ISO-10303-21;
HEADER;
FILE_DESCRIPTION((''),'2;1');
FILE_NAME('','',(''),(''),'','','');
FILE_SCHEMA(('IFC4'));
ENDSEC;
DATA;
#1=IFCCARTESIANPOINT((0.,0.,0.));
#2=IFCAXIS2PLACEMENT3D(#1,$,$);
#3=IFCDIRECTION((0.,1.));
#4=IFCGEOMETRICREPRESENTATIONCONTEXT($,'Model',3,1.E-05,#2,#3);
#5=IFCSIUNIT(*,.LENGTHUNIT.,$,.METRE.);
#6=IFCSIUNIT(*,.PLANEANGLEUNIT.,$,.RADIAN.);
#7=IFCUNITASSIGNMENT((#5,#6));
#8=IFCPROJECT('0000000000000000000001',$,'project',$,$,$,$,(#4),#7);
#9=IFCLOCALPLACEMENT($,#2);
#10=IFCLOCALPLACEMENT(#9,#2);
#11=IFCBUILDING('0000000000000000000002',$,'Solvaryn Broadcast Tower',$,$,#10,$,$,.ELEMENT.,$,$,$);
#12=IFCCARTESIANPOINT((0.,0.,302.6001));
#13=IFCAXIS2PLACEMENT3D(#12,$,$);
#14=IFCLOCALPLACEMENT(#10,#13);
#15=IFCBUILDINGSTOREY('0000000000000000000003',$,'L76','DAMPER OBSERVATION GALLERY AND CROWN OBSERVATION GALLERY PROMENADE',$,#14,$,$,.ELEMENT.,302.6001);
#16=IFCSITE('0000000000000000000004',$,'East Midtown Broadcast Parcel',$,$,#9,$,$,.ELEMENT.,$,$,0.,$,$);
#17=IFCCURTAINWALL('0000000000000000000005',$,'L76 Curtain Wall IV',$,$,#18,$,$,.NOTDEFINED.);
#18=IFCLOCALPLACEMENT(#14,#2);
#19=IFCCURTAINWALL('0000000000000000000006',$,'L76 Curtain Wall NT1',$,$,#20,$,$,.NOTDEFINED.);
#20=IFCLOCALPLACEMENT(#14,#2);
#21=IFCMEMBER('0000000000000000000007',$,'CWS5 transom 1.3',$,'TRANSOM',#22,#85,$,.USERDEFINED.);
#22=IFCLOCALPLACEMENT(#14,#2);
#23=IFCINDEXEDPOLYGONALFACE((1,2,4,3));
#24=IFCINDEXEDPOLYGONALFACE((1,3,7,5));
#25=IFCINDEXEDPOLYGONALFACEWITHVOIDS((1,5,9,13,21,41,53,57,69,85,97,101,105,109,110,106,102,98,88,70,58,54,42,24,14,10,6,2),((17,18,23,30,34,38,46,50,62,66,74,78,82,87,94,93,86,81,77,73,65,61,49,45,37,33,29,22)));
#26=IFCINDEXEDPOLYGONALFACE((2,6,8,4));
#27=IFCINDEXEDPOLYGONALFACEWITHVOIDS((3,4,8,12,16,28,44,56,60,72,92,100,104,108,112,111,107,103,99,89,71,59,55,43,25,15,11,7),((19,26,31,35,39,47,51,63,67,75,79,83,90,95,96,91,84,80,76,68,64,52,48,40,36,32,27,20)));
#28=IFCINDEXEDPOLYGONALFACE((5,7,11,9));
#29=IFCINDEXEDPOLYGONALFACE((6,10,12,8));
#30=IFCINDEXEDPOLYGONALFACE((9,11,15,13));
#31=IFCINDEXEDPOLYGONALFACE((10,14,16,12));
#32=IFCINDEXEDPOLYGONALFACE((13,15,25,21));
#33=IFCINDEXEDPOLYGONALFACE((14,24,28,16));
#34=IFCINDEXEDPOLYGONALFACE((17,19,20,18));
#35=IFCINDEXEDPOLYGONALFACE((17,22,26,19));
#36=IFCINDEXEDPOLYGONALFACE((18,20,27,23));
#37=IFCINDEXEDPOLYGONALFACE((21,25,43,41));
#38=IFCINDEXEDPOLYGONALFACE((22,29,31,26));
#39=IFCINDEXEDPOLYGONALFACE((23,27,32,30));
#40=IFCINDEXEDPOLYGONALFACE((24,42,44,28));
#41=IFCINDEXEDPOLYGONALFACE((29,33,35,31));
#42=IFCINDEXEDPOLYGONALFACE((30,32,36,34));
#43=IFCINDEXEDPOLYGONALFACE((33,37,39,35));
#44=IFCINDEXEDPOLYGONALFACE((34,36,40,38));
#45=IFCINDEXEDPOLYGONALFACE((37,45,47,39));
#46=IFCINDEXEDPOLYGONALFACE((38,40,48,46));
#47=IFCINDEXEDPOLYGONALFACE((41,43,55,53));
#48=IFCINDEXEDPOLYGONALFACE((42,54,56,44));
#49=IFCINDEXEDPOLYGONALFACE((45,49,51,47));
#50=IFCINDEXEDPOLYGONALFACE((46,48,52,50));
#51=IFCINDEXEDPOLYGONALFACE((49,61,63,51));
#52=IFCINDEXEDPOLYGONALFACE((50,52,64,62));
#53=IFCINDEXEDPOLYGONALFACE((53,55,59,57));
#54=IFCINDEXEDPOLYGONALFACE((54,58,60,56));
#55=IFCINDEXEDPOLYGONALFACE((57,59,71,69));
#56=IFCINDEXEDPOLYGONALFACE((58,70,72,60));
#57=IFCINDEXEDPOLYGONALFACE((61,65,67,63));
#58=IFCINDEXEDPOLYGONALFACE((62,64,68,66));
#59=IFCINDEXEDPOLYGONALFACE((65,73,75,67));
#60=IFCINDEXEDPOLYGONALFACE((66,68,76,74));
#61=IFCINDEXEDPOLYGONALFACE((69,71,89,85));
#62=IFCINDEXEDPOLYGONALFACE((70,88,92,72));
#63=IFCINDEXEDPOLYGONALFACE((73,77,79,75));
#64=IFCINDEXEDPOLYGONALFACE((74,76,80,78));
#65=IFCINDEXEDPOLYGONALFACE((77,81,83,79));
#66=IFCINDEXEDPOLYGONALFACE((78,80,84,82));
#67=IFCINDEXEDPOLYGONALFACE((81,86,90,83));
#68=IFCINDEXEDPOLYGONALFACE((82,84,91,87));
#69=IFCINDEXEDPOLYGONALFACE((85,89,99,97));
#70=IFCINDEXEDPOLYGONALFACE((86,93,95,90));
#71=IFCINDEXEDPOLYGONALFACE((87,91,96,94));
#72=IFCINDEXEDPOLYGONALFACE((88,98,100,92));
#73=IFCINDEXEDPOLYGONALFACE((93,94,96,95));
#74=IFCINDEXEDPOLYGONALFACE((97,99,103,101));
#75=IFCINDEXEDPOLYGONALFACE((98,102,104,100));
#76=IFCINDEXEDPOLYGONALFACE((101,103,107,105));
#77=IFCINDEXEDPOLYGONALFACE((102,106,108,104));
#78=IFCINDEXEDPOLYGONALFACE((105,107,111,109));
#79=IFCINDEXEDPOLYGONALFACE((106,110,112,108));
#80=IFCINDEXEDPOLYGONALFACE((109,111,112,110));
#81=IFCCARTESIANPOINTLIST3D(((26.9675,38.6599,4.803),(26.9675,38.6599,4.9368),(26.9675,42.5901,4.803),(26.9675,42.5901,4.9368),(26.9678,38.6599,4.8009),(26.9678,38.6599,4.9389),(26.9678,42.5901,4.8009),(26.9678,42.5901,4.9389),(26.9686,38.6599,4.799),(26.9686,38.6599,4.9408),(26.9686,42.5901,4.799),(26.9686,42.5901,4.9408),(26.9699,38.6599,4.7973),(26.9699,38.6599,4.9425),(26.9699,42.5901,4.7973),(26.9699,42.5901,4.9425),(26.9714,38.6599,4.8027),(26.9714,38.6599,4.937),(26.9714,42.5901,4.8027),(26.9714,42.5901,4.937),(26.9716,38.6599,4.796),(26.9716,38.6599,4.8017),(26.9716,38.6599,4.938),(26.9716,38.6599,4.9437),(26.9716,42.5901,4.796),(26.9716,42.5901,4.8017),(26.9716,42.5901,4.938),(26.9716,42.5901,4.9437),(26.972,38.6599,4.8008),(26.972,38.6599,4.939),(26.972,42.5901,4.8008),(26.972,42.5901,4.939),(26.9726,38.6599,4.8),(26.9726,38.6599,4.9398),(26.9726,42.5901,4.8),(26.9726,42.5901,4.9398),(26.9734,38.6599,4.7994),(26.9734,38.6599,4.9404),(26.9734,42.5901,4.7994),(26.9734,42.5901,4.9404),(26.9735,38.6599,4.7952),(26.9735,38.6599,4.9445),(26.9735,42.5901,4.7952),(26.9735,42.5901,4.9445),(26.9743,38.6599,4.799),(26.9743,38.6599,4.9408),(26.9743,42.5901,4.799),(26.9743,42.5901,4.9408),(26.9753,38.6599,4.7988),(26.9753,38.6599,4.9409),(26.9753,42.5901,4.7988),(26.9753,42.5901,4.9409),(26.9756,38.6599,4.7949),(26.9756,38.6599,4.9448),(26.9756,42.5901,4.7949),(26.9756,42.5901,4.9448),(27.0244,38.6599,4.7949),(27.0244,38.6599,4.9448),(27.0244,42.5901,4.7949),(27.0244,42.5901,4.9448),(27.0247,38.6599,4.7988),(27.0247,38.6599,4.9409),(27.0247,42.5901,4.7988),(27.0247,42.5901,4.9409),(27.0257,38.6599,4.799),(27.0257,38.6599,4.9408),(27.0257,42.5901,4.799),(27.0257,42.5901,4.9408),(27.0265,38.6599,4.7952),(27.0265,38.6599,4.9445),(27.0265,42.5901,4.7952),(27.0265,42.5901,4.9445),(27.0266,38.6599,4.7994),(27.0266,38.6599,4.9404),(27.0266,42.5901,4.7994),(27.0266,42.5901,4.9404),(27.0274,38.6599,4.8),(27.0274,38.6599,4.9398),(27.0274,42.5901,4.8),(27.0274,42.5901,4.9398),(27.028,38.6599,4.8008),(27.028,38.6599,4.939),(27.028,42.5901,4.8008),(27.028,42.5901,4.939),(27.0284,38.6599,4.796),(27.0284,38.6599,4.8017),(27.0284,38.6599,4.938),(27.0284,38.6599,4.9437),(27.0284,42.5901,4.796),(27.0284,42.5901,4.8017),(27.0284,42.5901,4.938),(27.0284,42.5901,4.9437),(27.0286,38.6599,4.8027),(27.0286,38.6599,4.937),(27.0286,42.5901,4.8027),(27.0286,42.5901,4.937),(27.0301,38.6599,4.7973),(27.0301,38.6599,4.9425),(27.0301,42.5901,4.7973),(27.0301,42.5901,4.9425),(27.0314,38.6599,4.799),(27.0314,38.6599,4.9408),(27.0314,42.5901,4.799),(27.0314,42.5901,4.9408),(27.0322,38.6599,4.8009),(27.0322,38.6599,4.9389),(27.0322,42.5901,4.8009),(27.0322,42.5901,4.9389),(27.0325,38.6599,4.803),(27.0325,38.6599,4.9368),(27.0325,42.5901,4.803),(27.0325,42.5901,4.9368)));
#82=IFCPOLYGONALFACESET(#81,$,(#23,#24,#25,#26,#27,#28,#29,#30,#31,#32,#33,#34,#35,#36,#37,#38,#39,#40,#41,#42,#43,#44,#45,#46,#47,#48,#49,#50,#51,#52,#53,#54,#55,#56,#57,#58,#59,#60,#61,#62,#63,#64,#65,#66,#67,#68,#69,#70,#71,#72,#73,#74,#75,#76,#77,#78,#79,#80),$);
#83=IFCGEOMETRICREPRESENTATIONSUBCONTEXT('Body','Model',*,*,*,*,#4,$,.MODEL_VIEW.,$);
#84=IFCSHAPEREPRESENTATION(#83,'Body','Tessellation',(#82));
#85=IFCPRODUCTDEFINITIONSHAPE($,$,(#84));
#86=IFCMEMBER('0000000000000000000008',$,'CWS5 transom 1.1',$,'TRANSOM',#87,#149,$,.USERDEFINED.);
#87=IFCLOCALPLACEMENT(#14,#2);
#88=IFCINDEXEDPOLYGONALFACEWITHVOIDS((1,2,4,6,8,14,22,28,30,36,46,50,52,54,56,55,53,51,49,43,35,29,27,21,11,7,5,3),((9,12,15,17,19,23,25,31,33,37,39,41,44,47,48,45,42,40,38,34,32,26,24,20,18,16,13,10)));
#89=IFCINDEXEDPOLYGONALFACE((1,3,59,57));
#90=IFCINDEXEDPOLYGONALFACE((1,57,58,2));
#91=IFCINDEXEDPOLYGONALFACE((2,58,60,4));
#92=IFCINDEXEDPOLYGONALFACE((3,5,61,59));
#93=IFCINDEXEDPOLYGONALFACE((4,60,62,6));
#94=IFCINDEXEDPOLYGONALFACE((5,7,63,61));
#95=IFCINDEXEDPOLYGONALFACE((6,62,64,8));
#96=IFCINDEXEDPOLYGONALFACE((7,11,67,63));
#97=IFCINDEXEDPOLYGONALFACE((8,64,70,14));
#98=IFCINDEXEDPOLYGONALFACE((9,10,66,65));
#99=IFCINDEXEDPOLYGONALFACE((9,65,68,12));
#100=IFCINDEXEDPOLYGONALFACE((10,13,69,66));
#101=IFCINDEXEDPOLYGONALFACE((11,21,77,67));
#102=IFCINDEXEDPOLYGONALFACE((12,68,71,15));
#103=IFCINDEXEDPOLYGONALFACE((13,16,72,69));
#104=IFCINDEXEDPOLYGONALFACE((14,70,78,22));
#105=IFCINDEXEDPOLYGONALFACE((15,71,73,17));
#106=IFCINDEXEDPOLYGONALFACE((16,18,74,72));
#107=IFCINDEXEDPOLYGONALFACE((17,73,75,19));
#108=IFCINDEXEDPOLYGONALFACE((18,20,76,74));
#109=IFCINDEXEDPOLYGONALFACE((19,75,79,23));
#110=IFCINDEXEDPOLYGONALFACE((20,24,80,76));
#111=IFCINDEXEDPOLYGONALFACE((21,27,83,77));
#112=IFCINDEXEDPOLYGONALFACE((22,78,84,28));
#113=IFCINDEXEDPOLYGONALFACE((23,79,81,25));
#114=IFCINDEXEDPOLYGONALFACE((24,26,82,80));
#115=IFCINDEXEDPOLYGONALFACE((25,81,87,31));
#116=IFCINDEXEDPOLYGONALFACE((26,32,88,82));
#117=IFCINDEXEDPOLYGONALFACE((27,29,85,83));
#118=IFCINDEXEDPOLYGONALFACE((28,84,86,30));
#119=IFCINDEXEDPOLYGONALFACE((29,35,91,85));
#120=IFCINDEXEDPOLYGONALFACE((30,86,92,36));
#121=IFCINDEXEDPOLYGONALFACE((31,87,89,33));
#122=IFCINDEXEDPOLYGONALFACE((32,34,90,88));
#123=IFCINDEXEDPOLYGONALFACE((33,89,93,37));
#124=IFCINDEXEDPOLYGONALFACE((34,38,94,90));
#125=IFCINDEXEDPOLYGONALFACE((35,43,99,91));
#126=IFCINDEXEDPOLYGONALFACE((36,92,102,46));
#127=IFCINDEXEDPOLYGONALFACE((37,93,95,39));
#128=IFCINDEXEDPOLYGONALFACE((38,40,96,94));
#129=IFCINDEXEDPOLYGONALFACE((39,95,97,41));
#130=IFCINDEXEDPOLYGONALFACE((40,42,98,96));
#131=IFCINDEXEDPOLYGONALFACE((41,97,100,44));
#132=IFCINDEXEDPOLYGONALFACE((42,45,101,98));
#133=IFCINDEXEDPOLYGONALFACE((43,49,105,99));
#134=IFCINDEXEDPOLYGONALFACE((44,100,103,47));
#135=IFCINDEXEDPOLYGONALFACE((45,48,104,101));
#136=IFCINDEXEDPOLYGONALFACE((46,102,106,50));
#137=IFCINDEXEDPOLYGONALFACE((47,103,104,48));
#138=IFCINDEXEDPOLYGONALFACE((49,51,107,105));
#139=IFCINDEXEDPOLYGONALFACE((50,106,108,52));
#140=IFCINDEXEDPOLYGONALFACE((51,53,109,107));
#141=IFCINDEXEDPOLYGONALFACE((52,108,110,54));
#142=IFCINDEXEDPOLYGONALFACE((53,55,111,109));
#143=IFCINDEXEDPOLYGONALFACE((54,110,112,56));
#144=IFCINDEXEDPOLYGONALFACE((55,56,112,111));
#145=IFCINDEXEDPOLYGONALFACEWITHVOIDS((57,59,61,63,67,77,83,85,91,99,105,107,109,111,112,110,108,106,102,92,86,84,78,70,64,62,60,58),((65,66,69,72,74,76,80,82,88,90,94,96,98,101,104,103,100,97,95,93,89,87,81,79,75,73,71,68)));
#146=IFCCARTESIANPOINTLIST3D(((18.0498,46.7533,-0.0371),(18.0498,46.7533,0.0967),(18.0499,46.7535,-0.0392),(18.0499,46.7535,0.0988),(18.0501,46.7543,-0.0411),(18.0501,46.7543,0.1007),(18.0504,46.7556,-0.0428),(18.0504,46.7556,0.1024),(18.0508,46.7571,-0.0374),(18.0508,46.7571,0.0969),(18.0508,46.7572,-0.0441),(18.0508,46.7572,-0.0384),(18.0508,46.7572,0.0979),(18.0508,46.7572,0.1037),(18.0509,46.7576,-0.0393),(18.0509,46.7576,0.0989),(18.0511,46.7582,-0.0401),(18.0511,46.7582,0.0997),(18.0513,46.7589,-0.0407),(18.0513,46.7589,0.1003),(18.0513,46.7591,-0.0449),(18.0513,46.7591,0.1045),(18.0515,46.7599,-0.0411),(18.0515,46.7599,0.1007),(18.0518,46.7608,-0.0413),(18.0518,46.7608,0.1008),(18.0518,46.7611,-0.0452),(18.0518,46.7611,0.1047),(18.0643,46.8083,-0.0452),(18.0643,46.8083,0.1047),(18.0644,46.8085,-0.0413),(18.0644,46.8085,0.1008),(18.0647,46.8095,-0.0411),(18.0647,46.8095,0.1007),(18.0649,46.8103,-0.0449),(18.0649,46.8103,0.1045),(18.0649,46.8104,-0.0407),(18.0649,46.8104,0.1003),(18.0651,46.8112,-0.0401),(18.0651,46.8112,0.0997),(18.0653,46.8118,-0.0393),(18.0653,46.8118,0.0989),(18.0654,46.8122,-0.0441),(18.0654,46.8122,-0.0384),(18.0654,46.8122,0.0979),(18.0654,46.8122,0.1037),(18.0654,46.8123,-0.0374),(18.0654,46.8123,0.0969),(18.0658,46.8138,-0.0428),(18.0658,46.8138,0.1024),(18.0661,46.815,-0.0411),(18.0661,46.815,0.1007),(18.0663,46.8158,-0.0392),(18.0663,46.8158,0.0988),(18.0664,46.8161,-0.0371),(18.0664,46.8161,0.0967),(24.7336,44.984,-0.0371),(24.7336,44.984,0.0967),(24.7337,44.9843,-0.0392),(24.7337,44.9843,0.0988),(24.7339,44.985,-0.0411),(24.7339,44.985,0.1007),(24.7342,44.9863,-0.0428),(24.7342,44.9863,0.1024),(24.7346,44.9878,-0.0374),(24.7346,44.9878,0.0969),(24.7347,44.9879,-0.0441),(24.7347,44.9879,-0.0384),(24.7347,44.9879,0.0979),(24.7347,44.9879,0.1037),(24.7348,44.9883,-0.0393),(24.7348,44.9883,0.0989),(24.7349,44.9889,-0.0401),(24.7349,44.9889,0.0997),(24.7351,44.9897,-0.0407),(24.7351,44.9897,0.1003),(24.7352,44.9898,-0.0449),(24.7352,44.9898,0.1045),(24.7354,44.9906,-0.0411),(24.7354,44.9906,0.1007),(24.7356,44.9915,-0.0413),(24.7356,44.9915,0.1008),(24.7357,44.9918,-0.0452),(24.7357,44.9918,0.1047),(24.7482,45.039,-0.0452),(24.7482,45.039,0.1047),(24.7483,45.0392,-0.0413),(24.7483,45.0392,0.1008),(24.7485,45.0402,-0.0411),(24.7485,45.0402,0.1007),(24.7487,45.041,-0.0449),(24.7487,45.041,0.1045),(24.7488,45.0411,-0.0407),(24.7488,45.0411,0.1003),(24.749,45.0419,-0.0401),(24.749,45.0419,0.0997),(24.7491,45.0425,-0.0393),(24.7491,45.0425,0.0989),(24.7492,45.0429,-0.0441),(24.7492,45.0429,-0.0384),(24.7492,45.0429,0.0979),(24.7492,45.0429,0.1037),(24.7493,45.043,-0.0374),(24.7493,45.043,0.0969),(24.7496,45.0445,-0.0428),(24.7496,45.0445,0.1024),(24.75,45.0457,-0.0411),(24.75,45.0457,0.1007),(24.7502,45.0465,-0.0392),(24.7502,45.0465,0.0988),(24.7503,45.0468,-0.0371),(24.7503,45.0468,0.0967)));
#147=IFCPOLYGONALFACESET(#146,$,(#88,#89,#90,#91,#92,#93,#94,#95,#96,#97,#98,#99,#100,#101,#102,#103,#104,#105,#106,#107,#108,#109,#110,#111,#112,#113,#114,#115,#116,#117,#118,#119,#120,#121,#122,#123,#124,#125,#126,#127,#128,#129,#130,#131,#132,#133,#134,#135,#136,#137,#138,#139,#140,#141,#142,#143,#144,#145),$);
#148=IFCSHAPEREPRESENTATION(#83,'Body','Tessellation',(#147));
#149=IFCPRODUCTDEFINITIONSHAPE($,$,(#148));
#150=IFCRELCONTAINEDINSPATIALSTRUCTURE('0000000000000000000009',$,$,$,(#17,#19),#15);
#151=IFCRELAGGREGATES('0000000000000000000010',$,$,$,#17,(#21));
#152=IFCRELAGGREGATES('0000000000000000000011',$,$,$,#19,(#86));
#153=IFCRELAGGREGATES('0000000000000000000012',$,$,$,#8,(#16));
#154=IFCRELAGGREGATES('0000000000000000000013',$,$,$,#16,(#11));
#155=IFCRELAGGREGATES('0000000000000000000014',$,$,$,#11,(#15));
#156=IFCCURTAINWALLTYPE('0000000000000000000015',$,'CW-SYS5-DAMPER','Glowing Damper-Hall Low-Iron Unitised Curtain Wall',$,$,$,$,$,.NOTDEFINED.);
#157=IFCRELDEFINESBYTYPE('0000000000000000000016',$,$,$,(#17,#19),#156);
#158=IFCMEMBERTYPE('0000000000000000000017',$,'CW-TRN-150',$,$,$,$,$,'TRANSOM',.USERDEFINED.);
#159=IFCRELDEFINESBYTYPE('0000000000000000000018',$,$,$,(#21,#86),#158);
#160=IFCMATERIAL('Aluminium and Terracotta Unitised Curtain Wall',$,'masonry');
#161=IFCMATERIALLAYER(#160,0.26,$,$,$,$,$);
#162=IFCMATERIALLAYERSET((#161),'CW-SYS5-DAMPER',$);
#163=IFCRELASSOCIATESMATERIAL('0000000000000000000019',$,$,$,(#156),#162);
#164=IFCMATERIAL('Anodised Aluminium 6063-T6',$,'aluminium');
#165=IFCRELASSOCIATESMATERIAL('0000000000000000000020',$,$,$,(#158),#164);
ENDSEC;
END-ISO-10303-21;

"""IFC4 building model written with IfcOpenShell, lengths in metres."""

from ifc_helpers import new_model, si_unit, direction, frame, origin, origin_2d, place, context, subcontext, project, spatial, hollow_rectangle, extrude, material, layer, layer_set, material_profile, profile_set, type_object, element, aggregate, save


model = new_model("IFC4")

# Units and contexts
model_context = context("Model", 3, precision=1e-05, world=origin(), true_north=direction((0.0, 1.0)))
body_context = subcontext(model_context, "Body", "Model", "MODEL_VIEW")
ifc_project = project(units=[si_unit("LENGTHUNIT", "METRE"), si_unit("PLANEANGLEUNIT", "RADIAN")], contexts=[model_context])

# Site, building, storey
site_placement = place(None, origin())
site = spatial("IfcSite", under=ifc_project, at=site_placement, Name="East Midtown Broadcast Parcel", CompositionType="ELEMENT", RefElevation=0.0)
building_placement = place(site_placement, origin())
building = spatial("IfcBuilding", under=site, at=building_placement, Name="Solvaryn Broadcast Tower", CompositionType="ELEMENT")
storey_placement = place(building_placement, frame((0.0, 0.0, 302.6001)))
storey = spatial("IfcBuildingStorey", under=building, at=storey_placement, Name="L76", Description="DAMPER OBSERVATION GALLERY AND CROWN OBSERVATION GALLERY PROMENADE", CompositionType="ELEMENT", Elevation=302.6001)

# Curtain walls
ifc_material_1 = material(Name="Aluminium and Terracotta Unitised Curtain Wall", Category="masonry")
ifc_layer_1 = layer(ifc_material_1, 0.26)
ifc_layer_set_1 = layer_set([ifc_layer_1], Name="CW-SYS5-DAMPER")
curtain_wall_type = type_object("IfcCurtainWallType", Name="CW-SYS5-DAMPER", Description="Glowing Damper-Hall Low-Iron Unitised Curtain Wall", PredefinedType="NOTDEFINED", material=ifc_layer_set_1)
curtain_wall_1_placement = place(storey_placement, origin())
curtain_wall_1 = element("IfcCurtainWall", 1, at=curtain_wall_1_placement, inside=storey, type_object=curtain_wall_type, Name="L76 Curtain Wall IV", PredefinedType="NOTDEFINED")
curtain_wall_2_placement = place(storey_placement, origin())
curtain_wall_2 = element("IfcCurtainWall", 2, at=curtain_wall_2_placement, inside=storey, type_object=curtain_wall_type, Name="L76 Curtain Wall NT1", PredefinedType="NOTDEFINED")

# Members
ifc_material_2 = material(Name="Anodised Aluminium 6063-T6", Category="aluminium")
ifc_material_profile_1 = material_profile(ifc_material_2, hollow_rectangle(XDim=0.0649, YDim=0.1499, WallThickness=0.0039, InnerFilletRadius=0.0039, OuterFilletRadius=0.0081, at=origin_2d()))
ifc_profile_set_1 = profile_set([ifc_material_profile_1], Name="Anodised Aluminium 6063-T6")
member_type_1 = type_object("IfcMemberType", Name="CW-TRN-150", ElementType="TRANSOM", PredefinedType="USERDEFINED", material=ifc_profile_set_1)
member_1_placement = place(storey_placement, frame((27.0, 42.5901, 4.8699), z_axis=(0.0, -1.0, 0.0), x_axis=(1.0, 0.0, 0.0)))
member_1 = element("IfcMember", 3, at=member_1_placement, type_object=member_type_1, Name="CWS5 transom 1.3", ObjectType="TRANSOM", PredefinedType="USERDEFINED", context=body_context, shape_type="SweptSolid", body=[
    extrude(hollow_rectangle(XDim=0.0649, YDim=0.1499, WallThickness=0.0039, InnerFilletRadius=0.0039, OuterFilletRadius=0.0081, at=origin_2d()), origin(), (0.0, 0.0, 1.0), 3.9302),
])
member_2_placement = place(storey_placement, frame((24.7419, 45.0154, 0.0298), z_axis=(-0.966704, 0.255897, 0.0), x_axis=(-0.255897, -0.966704, 0.0)))
member_2 = element("IfcMember", 4, at=member_2_placement, type_object=member_type_1, Name="CWS5 transom 1.1", ObjectType="TRANSOM", PredefinedType="USERDEFINED", context=body_context, shape_type="SweptSolid", body=[
    extrude(hollow_rectangle(XDim=0.0649, YDim=0.1499, WallThickness=0.0039, InnerFilletRadius=0.0039, OuterFilletRadius=0.0081, at=origin_2d()), origin(), (0.0, 0.0, 1.0), 6.9141),
])

aggregate(curtain_wall_1, [member_1])
aggregate(curtain_wall_2, [member_2])

save(model, "model.ifc")
